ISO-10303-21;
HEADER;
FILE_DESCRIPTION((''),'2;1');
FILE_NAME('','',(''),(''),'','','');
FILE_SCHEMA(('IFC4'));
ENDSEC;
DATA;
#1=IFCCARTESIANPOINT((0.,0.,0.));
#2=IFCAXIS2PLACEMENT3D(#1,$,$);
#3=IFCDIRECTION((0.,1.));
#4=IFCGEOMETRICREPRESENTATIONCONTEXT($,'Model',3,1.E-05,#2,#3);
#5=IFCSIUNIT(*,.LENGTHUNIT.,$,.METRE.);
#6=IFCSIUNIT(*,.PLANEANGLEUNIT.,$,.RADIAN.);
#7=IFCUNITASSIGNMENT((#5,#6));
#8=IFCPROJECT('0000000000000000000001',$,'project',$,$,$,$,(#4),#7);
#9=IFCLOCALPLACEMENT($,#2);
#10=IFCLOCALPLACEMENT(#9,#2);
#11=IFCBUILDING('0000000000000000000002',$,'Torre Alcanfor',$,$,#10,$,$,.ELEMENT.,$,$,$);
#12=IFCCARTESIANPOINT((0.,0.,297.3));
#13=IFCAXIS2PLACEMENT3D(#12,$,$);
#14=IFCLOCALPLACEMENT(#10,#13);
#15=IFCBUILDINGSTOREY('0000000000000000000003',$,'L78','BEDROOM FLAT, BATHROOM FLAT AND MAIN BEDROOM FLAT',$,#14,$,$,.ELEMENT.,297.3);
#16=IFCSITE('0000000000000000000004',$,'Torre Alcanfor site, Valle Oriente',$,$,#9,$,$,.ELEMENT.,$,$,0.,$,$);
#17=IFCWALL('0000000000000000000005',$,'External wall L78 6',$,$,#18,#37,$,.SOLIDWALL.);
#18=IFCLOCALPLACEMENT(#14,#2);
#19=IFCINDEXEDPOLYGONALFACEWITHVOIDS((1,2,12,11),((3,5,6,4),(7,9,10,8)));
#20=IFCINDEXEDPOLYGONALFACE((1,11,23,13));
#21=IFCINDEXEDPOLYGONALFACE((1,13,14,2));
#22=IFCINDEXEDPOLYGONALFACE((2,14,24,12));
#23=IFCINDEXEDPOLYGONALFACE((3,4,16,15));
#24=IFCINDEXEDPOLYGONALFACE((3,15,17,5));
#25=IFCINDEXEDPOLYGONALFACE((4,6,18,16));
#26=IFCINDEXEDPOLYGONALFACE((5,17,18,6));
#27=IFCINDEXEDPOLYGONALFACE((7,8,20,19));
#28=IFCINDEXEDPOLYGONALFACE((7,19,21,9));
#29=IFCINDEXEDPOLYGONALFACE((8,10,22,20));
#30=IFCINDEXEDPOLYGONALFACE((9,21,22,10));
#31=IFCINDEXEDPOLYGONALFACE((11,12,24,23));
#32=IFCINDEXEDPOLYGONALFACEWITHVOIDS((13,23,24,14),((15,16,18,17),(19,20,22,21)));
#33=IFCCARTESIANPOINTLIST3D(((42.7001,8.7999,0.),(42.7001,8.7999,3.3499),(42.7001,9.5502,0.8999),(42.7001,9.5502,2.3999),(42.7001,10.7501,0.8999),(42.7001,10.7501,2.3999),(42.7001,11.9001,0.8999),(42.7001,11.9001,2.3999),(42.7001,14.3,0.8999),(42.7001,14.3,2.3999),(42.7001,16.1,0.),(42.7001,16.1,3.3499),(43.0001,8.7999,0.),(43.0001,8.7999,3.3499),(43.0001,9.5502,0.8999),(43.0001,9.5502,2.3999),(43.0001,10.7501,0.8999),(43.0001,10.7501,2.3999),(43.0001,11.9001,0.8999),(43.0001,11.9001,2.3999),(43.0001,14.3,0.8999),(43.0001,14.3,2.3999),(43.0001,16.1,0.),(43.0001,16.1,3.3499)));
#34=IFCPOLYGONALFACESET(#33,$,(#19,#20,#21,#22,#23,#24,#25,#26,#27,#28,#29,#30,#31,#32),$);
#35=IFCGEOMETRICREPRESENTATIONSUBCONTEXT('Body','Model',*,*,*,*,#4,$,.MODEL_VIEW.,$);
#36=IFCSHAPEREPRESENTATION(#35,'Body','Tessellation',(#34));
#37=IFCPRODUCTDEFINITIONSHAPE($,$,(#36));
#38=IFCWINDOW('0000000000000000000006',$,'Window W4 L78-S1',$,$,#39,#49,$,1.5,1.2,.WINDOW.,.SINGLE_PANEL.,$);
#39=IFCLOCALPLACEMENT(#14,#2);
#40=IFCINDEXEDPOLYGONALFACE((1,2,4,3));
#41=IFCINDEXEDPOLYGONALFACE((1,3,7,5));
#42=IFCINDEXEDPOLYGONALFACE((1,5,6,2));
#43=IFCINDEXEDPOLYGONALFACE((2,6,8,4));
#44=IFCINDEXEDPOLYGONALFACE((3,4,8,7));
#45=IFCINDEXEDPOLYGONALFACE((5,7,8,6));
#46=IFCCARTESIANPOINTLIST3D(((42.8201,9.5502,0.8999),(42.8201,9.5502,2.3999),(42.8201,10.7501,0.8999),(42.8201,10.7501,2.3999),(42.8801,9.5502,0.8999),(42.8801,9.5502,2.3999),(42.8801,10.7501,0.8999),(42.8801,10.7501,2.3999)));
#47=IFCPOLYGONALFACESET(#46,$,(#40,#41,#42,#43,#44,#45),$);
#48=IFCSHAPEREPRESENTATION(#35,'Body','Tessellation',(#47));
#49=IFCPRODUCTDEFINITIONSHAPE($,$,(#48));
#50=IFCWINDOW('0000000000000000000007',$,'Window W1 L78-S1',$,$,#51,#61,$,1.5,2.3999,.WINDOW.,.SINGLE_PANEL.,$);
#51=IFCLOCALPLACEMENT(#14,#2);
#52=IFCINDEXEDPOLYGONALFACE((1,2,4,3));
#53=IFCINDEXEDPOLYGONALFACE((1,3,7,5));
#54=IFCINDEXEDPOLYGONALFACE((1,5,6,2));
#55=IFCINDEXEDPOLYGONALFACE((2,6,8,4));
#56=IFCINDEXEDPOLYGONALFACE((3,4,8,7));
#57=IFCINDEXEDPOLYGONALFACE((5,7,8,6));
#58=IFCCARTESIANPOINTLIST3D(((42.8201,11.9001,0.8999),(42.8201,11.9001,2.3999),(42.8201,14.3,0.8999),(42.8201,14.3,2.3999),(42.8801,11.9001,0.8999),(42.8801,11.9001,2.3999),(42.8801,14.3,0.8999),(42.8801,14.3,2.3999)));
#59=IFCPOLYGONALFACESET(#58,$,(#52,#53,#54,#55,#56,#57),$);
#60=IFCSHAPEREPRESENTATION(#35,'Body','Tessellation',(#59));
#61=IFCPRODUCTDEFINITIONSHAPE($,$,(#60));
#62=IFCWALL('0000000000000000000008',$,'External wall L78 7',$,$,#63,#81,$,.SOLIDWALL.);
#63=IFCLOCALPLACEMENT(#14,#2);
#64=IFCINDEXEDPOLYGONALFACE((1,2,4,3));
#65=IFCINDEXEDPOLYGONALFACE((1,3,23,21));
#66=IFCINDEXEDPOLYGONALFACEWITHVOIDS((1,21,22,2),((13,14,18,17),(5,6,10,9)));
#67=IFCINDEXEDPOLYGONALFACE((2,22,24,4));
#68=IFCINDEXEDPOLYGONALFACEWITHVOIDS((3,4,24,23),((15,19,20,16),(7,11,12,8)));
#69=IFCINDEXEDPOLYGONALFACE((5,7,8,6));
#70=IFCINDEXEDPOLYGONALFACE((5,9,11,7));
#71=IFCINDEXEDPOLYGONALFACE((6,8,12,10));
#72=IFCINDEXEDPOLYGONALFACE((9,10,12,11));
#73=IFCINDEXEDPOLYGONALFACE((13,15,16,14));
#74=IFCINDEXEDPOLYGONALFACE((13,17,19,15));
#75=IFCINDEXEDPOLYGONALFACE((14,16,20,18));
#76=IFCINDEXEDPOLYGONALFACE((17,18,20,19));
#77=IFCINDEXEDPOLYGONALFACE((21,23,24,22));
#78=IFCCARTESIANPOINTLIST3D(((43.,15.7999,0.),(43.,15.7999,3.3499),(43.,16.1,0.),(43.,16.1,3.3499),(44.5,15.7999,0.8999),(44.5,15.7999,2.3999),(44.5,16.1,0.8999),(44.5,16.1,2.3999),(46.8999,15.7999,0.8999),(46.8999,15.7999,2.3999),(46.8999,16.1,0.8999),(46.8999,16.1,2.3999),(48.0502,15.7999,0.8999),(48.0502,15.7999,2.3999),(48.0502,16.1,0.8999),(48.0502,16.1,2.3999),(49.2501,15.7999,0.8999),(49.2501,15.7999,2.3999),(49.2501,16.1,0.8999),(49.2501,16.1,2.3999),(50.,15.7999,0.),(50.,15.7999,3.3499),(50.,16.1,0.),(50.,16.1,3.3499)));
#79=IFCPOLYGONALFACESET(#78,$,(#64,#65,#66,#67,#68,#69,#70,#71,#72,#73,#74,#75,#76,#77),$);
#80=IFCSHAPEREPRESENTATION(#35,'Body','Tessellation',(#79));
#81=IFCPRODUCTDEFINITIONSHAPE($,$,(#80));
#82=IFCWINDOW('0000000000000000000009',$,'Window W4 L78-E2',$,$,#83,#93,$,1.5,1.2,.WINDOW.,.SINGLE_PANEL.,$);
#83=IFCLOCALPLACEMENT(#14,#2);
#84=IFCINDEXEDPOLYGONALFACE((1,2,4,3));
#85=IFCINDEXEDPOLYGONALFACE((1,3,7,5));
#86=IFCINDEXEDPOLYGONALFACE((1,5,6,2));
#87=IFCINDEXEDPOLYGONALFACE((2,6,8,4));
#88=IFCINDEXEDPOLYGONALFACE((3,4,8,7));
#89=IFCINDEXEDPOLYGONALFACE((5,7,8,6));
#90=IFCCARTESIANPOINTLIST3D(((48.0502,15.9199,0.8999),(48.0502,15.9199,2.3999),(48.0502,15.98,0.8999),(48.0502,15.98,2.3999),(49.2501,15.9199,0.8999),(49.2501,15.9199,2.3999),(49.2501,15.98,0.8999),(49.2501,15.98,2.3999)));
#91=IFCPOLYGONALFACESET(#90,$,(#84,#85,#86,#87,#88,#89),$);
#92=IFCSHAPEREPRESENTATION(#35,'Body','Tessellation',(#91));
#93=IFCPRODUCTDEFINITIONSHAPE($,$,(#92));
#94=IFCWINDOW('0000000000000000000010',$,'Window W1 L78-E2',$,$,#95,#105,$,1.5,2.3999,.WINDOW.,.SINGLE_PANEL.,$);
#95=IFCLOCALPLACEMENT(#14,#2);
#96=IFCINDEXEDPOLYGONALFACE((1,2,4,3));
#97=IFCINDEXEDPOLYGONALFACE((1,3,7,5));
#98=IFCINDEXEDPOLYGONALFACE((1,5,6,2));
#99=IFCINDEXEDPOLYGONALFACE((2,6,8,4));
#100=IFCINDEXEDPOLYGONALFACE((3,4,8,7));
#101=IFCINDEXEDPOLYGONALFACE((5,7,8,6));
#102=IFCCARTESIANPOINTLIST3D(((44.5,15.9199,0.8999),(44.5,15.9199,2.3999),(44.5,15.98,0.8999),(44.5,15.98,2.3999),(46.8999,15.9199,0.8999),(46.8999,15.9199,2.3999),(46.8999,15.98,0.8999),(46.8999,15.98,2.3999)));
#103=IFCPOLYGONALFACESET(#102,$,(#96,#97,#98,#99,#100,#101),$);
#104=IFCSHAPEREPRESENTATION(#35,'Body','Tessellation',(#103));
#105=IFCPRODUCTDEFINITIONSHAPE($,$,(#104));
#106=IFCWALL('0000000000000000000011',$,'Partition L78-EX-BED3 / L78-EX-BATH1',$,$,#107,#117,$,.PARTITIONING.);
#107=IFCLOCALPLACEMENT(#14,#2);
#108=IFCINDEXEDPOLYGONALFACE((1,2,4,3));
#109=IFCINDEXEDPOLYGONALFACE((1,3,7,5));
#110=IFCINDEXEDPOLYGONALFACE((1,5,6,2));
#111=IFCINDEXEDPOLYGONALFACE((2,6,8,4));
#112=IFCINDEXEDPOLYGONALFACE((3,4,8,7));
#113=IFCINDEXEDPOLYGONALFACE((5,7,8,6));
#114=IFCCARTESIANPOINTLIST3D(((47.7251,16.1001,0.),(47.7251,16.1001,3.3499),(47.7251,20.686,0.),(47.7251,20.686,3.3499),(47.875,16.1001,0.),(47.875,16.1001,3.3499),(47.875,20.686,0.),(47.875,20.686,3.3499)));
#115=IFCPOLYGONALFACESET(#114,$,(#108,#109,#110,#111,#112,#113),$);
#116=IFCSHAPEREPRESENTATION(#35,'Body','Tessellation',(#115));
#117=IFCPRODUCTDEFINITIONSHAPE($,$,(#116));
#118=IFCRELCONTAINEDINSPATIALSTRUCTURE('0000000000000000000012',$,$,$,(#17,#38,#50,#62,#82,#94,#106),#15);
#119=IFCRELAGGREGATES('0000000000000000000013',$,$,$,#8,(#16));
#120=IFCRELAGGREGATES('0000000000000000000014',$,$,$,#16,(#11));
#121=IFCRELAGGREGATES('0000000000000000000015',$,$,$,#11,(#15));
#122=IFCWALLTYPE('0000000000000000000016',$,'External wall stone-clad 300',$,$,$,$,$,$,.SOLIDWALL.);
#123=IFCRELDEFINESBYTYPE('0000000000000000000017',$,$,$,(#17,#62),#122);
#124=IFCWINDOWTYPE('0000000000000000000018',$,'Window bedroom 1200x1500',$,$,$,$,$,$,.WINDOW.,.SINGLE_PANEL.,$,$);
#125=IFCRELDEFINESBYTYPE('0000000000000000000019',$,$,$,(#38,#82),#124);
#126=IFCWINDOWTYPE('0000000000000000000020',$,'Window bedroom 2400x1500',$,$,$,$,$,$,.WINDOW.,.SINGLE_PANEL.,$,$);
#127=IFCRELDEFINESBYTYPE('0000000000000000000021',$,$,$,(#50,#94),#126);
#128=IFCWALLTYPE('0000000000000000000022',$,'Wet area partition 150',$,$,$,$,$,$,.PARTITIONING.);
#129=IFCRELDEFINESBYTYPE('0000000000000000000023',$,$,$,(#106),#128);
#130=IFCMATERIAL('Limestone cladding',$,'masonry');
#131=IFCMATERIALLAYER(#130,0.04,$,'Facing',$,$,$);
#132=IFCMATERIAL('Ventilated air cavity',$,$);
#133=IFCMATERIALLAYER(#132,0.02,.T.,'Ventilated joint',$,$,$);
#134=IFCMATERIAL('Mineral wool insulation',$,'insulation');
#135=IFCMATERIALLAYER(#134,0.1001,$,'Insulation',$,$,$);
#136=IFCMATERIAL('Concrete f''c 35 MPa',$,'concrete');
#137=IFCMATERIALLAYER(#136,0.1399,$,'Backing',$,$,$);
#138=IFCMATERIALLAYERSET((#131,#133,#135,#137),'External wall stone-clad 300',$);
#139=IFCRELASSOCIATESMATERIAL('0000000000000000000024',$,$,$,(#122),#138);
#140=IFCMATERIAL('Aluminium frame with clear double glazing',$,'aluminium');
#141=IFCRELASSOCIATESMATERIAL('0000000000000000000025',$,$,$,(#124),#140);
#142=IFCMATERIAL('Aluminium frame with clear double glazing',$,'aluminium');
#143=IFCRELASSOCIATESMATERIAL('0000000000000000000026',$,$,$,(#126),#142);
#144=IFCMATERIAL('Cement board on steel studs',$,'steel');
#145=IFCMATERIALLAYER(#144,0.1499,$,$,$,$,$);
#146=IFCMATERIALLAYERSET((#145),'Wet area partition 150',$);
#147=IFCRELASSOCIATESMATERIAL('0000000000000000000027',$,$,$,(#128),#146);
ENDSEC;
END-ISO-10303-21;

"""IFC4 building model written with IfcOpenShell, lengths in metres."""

from ifc_helpers import new_model, si_unit, direction, frame, frame_2d, origin, place, context, subcontext, project, spatial, rectangle, extrude, material, layer, layer_set, type_object, element, fill, save


model = new_model("IFC4")

# Units and contexts
model_context = context("Model", 3, precision=1e-05, world=origin(), true_north=direction((0.0, 1.0)))
body_context = subcontext(model_context, "Body", "Model", "MODEL_VIEW")
ifc_project = project(units=[si_unit("LENGTHUNIT", "METRE"), si_unit("PLANEANGLEUNIT", "RADIAN")], contexts=[model_context])

# Site, building, storey
site_placement = place(None, origin())
site = spatial("IfcSite", under=ifc_project, at=site_placement, Name="Torre Alcanfor site, Valle Oriente", CompositionType="ELEMENT", RefElevation=0.0)
building_placement = place(site_placement, origin())
building = spatial("IfcBuilding", under=site, at=building_placement, Name="Torre Alcanfor", CompositionType="ELEMENT")
storey_placement = place(building_placement, frame((0.0, 0.0, 297.3)))
storey = spatial("IfcBuildingStorey", under=building, at=storey_placement, Name="L78", Description="BEDROOM FLAT, BATHROOM FLAT AND MAIN BEDROOM FLAT", CompositionType="ELEMENT", Elevation=297.3)

# Walls, openings, windows
ifc_material_1 = material(Name="Limestone cladding", Category="masonry")
ifc_layer_1 = layer(ifc_material_1, 0.04, Name="Facing")
ifc_material_2 = material(Name="Ventilated air cavity")
ifc_layer_2 = layer(ifc_material_2, 0.02, ventilated=True, Name="Ventilated joint")
ifc_material_3 = material(Name="Mineral wool insulation", Category="insulation")
ifc_layer_3 = layer(ifc_material_3, 0.1001, Name="Insulation")
ifc_material_4 = material(Name="Concrete f'c 35 MPa", Category="concrete")
ifc_layer_4 = layer(ifc_material_4, 0.1399, Name="Backing")
ifc_layer_set_1 = layer_set([ifc_layer_1, ifc_layer_2, ifc_layer_3, ifc_layer_4], Name="External wall stone-clad 300")
wall_type_1 = type_object("IfcWallType", Name="External wall stone-clad 300", PredefinedType="SOLIDWALL", material=ifc_layer_set_1)
wall_1_placement = place(storey_placement, frame((42.8501, 8.8, 0.0), z_axis=(0.0, 0.0, 1.0), x_axis=(0.0, 1.0, 0.0)))
wall_1 = element("IfcWall", 1, at=wall_1_placement, inside=storey, type_object=wall_type_1, Name="External wall L78 6", PredefinedType="SOLIDWALL", context=body_context, shape_type="SweptSolid", body=[
    extrude(rectangle(XDim=7.3, YDim=0.3, at=frame_2d((3.6499, 0.0))), origin(), (0.0, 0.0, 1.0), 3.3499),
])
opening_1_placement = place(wall_1_placement, frame((3.1001, 0.0, 0.8999)))
opening_1 = element("IfcOpeningElement", 2, at=opening_1_placement, cuts=wall_1, PredefinedType="OPENING", context=body_context, shape_type="SweptSolid", body=[
    extrude(rectangle(XDim=2.3999, YDim=1.5, at=frame_2d((1.2, 0.75))), frame((0.0, 0.1599, 0.0), z_axis=(0.0, -1.0, 0.0), x_axis=(1.0, 0.0, 0.0)), (0.0, 0.0, 1.0), 0.3201),
])
opening_2_placement = place(wall_1_placement, frame((0.75, 0.0, 0.8999)))
opening_2 = element("IfcOpeningElement", 3, at=opening_2_placement, cuts=wall_1, PredefinedType="OPENING", context=body_context, shape_type="SweptSolid", body=[
    extrude(rectangle(XDim=1.2, YDim=1.5, at=frame_2d((0.6001, 0.75))), frame((0.0, 0.1599, 0.0), z_axis=(0.0, -1.0, 0.0), x_axis=(1.0, 0.0, 0.0)), (0.0, 0.0, 1.0), 0.3201),
])
ifc_material_5 = material(Name="Aluminium frame with clear double glazing", Category="aluminium")
window_type_1 = type_object("IfcWindowType", Name="Window bedroom 1200x1500", PartitioningType="SINGLE_PANEL", PredefinedType="WINDOW", material=ifc_material_5)
window_1_placement = place(opening_2_placement, origin())
window_1 = element("IfcWindow", 4, at=window_1_placement, inside=storey, type_object=window_type_1, Name="Window W4 L78-S1", OverallHeight=1.5, OverallWidth=1.2, PartitioningType="SINGLE_PANEL", PredefinedType="WINDOW", context=body_context, shape_type="SweptSolid", body=[
    extrude(rectangle(XDim=1.2, YDim=1.5, at=frame_2d((0.6001, 0.75))), frame((0.0, 0.03, 0.0), z_axis=(0.0, -1.0, 0.0), x_axis=(1.0, 0.0, 0.0)), (0.0, 0.0, 1.0), 0.0601),
])
fill(opening_2, window_1)
ifc_material_6 = material(Name="Aluminium frame with clear double glazing", Category="aluminium")
window_type_2 = type_object("IfcWindowType", Name="Window bedroom 2400x1500", PartitioningType="SINGLE_PANEL", PredefinedType="WINDOW", material=ifc_material_6)
window_2_placement = place(opening_1_placement, origin())
window_2 = element("IfcWindow", 5, at=window_2_placement, inside=storey, type_object=window_type_2, Name="Window W1 L78-S1", OverallHeight=1.5, OverallWidth=2.3999, PartitioningType="SINGLE_PANEL", PredefinedType="WINDOW", context=body_context, shape_type="SweptSolid", body=[
    extrude(rectangle(XDim=2.3999, YDim=1.5, at=frame_2d((1.2, 0.75))), frame((0.0, 0.03, 0.0), z_axis=(0.0, -1.0, 0.0), x_axis=(1.0, 0.0, 0.0)), (0.0, 0.0, 1.0), 0.0601),
])
fill(opening_1, window_2)
wall_2_placement = place(storey_placement, frame((43.0, 15.95, 0.0), z_axis=(0.0, 0.0, 1.0), x_axis=(1.0, 0.0, 0.0)))
wall_2 = element("IfcWall", 6, at=wall_2_placement, inside=storey, type_object=wall_type_1, Name="External wall L78 7", PredefinedType="SOLIDWALL", context=body_context, shape_type="SweptSolid", body=[
    extrude(rectangle(XDim=7.0, YDim=0.3, at=frame_2d((3.5, 0.0))), origin(), (0.0, 0.0, 1.0), 3.3499),
])
opening_3_placement = place(wall_2_placement, frame((1.5, 0.0, 0.8999)))
opening_3 = element("IfcOpeningElement", 7, at=opening_3_placement, cuts=wall_2, PredefinedType="OPENING", context=body_context, shape_type="SweptSolid", body=[
    extrude(rectangle(XDim=2.3999, YDim=1.5, at=frame_2d((1.2, 0.75))), frame((0.0, 0.1599, 0.0), z_axis=(0.0, -1.0, 0.0), x_axis=(1.0, 0.0, 0.0)), (0.0, 0.0, 1.0), 0.3201),
])
opening_4_placement = place(wall_2_placement, frame((5.05, 0.0, 0.8999)))
opening_4 = element("IfcOpeningElement", 8, at=opening_4_placement, cuts=wall_2, PredefinedType="OPENING", context=body_context, shape_type="SweptSolid", body=[
    extrude(rectangle(XDim=1.2, YDim=1.5, at=frame_2d((0.6001, 0.75))), frame((0.0, 0.1599, 0.0), z_axis=(0.0, -1.0, 0.0), x_axis=(1.0, 0.0, 0.0)), (0.0, 0.0, 1.0), 0.3201),
])
window_3_placement = place(opening_4_placement, origin())
window_3 = element("IfcWindow", 9, at=window_3_placement, inside=storey, type_object=window_type_1, Name="Window W4 L78-E2", OverallHeight=1.5, OverallWidth=1.2, PartitioningType="SINGLE_PANEL", PredefinedType="WINDOW", context=body_context, shape_type="SweptSolid", body=[
    extrude(rectangle(XDim=1.2, YDim=1.5, at=frame_2d((0.6001, 0.75))), frame((0.0, 0.03, 0.0), z_axis=(0.0, -1.0, 0.0), x_axis=(1.0, 0.0, 0.0)), (0.0, 0.0, 1.0), 0.0601),
])
fill(opening_4, window_3)
window_4_placement = place(opening_3_placement, origin())
window_4 = element("IfcWindow", 10, at=window_4_placement, inside=storey, type_object=window_type_2, Name="Window W1 L78-E2", OverallHeight=1.5, OverallWidth=2.3999, PartitioningType="SINGLE_PANEL", PredefinedType="WINDOW", context=body_context, shape_type="SweptSolid", body=[
    extrude(rectangle(XDim=2.3999, YDim=1.5, at=frame_2d((1.2, 0.75))), frame((0.0, 0.03, 0.0), z_axis=(0.0, -1.0, 0.0), x_axis=(1.0, 0.0, 0.0)), (0.0, 0.0, 1.0), 0.0601),
])
fill(opening_3, window_4)

# Wall
ifc_material_7 = material(Name="Cement board on steel studs", Category="steel")
ifc_layer_5 = layer(ifc_material_7, 0.1499)
ifc_layer_set_2 = layer_set([ifc_layer_5], Name="Wet area partition 150")
wall_type_2 = type_object("IfcWallType", Name="Wet area partition 150", PredefinedType="PARTITIONING", material=ifc_layer_set_2)
wall_3_placement = place(storey_placement, frame((47.8, 16.1001, 0.0), z_axis=(0.0, 0.0, 1.0), x_axis=(0.0, 1.0, 0.0)))
element("IfcWall", 11, at=wall_3_placement, inside=storey, type_object=wall_type_2, Name="Partition L78-EX-BED3 / L78-EX-BATH1", PredefinedType="PARTITIONING", context=body_context, shape_type="SweptSolid", body=[
    extrude(rectangle(XDim=4.5859, YDim=0.1499, at=frame_2d((2.293, 0.0))), origin(), (0.0, 0.0, 1.0), 3.3499),
])

save(model, "model.ifc")
